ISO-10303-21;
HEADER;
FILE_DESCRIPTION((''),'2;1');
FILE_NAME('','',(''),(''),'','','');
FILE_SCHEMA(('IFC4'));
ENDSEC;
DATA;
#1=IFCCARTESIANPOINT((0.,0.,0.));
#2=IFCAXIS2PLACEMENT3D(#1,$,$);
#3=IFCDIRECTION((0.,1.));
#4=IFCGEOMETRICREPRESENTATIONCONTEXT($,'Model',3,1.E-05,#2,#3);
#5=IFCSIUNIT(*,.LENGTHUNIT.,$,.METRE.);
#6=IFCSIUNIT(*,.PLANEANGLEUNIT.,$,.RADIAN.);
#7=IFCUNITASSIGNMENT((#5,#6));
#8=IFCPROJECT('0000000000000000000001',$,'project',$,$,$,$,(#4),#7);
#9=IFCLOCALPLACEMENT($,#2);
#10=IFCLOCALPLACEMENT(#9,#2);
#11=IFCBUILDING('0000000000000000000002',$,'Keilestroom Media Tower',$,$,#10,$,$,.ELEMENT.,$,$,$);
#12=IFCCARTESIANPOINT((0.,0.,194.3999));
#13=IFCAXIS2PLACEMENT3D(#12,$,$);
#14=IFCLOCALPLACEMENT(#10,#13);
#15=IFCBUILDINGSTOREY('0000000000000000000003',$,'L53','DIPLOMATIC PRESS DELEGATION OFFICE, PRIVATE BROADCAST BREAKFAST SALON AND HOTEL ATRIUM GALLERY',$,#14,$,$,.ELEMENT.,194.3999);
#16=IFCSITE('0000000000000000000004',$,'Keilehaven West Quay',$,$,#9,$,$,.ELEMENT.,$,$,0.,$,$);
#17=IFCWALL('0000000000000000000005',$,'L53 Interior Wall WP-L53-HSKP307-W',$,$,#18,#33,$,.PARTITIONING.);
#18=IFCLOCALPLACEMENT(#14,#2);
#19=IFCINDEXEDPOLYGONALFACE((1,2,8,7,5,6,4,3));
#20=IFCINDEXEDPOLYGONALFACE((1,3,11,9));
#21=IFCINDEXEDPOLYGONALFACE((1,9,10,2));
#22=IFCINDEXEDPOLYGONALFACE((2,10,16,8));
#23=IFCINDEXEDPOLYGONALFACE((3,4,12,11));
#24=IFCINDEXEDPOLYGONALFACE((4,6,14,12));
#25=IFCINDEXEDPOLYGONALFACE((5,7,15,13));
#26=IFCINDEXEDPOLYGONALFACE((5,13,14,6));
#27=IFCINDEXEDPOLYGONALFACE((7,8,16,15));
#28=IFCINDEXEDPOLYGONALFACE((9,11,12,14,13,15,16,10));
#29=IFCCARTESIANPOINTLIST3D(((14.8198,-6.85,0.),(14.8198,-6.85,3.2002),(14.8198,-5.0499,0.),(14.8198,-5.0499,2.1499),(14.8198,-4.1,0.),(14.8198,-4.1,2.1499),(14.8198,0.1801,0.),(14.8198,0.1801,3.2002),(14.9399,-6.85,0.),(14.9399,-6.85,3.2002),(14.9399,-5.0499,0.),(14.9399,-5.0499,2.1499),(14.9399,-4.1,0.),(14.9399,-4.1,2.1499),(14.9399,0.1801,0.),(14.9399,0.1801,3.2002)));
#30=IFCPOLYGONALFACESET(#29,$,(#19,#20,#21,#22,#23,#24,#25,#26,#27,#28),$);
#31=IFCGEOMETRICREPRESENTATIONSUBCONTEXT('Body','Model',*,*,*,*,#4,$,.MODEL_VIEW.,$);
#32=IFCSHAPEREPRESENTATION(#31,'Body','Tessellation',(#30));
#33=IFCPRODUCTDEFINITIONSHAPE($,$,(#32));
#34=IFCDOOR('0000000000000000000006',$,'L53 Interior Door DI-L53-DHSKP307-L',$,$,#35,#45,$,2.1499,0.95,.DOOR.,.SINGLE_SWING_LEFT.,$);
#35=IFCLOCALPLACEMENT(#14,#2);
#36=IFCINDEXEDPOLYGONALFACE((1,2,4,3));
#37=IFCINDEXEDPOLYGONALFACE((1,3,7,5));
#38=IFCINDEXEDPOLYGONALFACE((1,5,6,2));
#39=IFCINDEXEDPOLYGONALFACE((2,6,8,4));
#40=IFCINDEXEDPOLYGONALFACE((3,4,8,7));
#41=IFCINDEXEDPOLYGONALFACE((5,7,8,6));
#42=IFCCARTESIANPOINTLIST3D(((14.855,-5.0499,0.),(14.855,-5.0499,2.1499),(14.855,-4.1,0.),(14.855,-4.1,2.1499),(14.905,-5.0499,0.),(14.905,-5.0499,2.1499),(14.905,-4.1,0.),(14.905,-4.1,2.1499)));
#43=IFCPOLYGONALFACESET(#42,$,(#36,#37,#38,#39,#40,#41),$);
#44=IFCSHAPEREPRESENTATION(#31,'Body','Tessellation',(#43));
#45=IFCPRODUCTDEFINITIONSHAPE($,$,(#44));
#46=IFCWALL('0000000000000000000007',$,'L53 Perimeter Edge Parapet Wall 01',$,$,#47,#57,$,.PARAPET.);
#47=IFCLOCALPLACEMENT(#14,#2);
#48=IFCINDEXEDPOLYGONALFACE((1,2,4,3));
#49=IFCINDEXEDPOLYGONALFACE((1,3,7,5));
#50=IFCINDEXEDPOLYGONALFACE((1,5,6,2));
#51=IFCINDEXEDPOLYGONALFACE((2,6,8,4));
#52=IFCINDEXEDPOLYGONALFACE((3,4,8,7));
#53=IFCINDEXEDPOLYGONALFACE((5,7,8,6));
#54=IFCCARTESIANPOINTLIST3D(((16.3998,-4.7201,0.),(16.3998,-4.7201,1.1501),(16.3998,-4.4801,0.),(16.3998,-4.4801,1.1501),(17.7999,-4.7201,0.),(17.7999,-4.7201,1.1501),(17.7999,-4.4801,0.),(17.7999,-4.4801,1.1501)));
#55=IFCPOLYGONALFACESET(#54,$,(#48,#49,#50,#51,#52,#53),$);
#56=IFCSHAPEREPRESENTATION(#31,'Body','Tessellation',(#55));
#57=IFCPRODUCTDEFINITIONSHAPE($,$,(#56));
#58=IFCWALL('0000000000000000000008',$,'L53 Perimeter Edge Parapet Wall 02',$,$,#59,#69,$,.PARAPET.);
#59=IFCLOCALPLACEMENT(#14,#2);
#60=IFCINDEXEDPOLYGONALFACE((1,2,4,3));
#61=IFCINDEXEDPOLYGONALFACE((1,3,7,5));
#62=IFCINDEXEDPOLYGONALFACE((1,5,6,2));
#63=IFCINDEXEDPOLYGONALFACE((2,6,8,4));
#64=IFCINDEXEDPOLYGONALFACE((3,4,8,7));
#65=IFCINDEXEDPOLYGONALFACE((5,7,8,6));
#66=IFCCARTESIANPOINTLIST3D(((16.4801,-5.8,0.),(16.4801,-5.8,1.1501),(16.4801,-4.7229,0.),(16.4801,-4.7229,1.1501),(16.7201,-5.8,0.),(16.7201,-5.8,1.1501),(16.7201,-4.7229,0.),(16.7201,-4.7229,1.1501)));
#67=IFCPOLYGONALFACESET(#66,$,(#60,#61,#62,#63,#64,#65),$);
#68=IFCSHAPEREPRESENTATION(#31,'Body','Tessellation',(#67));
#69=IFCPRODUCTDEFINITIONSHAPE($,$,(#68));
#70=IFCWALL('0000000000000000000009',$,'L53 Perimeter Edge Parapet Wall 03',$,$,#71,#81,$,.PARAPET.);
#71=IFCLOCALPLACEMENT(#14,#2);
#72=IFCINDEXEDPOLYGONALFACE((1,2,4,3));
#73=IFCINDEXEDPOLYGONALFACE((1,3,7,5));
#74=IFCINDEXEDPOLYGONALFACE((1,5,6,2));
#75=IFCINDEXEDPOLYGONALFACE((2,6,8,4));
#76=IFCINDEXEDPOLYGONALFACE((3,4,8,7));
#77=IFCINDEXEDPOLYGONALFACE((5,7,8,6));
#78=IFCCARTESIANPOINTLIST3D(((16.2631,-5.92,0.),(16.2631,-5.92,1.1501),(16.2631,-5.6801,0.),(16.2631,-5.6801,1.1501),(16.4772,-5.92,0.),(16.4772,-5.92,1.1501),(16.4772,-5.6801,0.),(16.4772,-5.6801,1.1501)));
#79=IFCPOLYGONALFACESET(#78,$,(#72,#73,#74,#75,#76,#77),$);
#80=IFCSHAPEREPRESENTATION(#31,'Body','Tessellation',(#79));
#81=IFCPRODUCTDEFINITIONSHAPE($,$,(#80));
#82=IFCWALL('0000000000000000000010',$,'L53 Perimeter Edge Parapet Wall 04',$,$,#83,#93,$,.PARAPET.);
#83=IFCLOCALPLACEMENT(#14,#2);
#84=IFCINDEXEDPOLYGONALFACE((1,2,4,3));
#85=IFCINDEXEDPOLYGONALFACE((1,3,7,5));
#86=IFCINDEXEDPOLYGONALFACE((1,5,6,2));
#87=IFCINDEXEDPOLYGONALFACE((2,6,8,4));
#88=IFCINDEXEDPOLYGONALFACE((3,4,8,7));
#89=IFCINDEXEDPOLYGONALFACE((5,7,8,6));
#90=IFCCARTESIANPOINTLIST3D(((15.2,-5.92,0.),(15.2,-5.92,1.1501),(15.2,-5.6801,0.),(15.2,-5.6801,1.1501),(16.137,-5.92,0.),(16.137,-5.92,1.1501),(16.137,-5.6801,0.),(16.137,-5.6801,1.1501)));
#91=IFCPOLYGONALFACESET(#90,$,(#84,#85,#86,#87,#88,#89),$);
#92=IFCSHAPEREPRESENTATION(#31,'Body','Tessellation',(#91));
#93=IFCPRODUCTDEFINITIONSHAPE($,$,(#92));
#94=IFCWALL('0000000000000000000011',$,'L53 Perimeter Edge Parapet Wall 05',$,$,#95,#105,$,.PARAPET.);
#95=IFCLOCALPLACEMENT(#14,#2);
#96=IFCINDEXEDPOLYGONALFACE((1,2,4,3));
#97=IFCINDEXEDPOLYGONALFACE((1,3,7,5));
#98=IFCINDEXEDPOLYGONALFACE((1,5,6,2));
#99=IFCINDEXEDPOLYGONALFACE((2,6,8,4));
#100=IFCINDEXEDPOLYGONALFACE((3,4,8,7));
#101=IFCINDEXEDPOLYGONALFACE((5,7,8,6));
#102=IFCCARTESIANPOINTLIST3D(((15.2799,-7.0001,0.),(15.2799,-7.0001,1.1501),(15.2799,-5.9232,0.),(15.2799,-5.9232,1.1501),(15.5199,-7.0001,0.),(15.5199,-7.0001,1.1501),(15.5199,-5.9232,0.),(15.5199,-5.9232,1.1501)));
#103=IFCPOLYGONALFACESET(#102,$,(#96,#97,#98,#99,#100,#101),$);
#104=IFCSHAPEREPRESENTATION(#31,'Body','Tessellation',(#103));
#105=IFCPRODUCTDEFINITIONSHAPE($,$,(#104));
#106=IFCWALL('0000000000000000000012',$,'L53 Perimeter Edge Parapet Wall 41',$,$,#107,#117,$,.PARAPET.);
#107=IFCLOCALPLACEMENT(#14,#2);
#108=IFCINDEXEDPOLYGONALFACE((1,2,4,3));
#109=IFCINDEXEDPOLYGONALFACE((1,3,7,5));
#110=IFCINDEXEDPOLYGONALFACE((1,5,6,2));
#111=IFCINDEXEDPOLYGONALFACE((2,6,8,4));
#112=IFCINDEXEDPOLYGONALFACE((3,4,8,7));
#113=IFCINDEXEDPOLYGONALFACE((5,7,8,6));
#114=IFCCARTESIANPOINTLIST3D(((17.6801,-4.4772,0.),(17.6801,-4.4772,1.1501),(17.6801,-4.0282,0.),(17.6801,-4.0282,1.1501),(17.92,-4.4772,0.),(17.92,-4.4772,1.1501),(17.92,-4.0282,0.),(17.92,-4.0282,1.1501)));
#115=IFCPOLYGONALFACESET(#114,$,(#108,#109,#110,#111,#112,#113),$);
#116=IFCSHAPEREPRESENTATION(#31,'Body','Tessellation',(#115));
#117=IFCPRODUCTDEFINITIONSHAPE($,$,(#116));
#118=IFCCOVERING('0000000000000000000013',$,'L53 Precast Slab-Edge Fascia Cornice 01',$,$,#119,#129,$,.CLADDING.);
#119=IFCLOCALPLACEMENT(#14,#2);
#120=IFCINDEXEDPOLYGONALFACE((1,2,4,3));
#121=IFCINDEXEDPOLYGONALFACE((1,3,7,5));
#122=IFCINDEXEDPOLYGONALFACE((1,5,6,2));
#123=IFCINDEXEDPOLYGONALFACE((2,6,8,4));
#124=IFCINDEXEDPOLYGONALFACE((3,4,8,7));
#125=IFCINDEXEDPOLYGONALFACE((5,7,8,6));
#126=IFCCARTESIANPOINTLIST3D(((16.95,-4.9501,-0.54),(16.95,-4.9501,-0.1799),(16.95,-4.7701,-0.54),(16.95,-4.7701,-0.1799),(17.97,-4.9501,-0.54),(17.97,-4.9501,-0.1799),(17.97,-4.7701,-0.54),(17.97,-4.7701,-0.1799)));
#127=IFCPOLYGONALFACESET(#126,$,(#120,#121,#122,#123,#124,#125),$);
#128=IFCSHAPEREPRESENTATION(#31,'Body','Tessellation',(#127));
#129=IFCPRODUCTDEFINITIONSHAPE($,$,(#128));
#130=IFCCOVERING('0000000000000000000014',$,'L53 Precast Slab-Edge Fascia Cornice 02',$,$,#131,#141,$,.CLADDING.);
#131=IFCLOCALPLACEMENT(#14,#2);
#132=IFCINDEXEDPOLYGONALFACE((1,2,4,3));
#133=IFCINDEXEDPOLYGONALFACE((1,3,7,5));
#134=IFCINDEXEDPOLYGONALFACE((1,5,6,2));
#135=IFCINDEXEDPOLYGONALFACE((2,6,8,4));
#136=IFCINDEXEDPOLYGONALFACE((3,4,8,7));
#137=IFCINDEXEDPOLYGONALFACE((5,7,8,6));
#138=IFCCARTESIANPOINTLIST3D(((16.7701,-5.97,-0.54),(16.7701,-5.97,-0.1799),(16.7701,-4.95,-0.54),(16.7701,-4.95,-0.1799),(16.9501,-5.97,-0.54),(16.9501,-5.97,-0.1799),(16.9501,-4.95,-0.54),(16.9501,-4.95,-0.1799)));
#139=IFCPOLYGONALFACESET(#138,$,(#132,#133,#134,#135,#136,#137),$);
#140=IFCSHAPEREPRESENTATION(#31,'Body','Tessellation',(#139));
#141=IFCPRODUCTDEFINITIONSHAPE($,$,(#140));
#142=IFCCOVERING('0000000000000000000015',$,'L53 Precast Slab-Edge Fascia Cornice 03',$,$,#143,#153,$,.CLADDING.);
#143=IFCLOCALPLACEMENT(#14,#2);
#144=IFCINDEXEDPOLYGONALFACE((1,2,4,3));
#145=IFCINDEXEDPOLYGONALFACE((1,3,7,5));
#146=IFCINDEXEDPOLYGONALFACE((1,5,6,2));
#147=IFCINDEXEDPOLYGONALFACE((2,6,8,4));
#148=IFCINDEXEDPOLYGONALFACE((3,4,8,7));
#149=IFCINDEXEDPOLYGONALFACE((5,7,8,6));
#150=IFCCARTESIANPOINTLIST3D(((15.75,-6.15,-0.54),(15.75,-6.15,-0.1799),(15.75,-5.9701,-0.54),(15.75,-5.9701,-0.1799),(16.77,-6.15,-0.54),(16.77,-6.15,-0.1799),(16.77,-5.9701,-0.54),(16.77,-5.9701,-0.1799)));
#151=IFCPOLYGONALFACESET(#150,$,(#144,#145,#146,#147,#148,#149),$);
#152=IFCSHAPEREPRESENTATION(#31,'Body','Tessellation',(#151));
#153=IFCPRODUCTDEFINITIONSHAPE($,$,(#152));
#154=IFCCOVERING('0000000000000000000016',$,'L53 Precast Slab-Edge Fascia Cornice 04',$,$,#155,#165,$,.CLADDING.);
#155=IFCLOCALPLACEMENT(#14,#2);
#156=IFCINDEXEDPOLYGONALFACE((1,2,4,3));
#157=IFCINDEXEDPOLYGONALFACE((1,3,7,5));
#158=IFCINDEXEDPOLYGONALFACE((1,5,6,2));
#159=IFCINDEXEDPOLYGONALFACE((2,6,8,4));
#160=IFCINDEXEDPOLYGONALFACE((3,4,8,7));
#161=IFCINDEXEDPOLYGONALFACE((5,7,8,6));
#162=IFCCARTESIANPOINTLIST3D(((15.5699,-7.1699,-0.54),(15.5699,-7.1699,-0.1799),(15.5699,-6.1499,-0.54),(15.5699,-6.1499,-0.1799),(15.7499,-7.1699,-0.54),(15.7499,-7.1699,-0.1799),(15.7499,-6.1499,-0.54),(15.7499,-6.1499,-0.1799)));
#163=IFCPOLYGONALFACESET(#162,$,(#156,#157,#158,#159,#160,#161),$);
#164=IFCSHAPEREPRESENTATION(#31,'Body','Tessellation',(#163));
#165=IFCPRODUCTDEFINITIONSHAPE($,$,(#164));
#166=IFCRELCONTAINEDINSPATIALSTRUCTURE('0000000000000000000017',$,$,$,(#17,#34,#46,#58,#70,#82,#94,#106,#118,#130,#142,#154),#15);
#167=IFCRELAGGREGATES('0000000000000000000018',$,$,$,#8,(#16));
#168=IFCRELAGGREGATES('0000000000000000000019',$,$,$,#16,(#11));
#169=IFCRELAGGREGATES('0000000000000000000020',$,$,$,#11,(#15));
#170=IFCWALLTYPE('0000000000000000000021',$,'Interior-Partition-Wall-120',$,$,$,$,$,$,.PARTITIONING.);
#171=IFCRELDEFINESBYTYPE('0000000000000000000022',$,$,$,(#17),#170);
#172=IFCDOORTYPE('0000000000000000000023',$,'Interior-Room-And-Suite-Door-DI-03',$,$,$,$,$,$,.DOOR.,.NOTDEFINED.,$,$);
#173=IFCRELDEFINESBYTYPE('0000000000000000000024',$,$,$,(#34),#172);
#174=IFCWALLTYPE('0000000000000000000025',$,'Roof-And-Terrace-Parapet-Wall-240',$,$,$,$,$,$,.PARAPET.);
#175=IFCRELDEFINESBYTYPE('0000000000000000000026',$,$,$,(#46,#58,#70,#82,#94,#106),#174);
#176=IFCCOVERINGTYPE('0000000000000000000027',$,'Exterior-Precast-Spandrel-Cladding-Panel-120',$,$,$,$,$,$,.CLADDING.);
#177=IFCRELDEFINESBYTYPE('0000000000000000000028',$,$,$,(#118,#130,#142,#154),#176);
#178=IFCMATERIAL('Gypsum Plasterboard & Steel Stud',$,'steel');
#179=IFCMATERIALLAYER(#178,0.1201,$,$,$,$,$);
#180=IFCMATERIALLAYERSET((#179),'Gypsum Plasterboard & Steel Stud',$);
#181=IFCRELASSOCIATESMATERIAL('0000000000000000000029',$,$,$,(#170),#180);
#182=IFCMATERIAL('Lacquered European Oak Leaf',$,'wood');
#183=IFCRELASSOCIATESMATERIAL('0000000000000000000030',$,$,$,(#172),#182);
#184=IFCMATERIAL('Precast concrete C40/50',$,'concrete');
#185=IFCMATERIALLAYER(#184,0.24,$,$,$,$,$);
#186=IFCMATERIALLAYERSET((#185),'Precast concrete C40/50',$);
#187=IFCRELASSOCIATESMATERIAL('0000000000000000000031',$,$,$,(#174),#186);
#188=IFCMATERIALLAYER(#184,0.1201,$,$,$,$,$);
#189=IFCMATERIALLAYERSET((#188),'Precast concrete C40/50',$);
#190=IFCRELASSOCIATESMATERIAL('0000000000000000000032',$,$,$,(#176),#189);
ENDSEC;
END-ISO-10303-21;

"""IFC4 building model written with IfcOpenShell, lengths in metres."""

from ifc_helpers import new_model, si_unit, direction, frame, frame_2d, origin, origin_2d, place, context, subcontext, project, spatial, rectangle, extrude, source, transform, mapped, material, layer, layer_set, type_object, element, fill, save


model = new_model("IFC4")

# Units and contexts
model_context = context("Model", 3, precision=1e-05, world=origin(), true_north=direction((0.0, 1.0)))
body_context = subcontext(model_context, "Body", "Model", "MODEL_VIEW")
ifc_project = project(units=[si_unit("LENGTHUNIT", "METRE"), si_unit("PLANEANGLEUNIT", "RADIAN")], contexts=[model_context])

# Site, building, storey
site_placement = place(None, origin())
site = spatial("IfcSite", under=ifc_project, at=site_placement, Name="Keilehaven West Quay", CompositionType="ELEMENT", RefElevation=0.0)
building_placement = place(site_placement, origin())
building = spatial("IfcBuilding", under=site, at=building_placement, Name="Keilestroom Media Tower", CompositionType="ELEMENT")
storey_placement = place(building_placement, frame((0.0, 0.0, 194.3999)))
storey = spatial("IfcBuildingStorey", under=building, at=storey_placement, Name="L53", Description="DIPLOMATIC PRESS DELEGATION OFFICE, PRIVATE BROADCAST BREAKFAST SALON AND HOTEL ATRIUM GALLERY", CompositionType="ELEMENT", Elevation=194.3999)

# Shared definitions
ifc_material_1 = material(Name="Precast concrete C40/50", Category="concrete")

# Shared definitions
ifc_material_2 = material(Name="Gypsum Plasterboard & Steel Stud", Category="steel")
ifc_layer_1 = layer(ifc_material_2, 0.1201)
ifc_layer_set_1 = layer_set([ifc_layer_1], Name="Gypsum Plasterboard & Steel Stud")
wall_type_1 = type_object("IfcWallType", Name="Interior-Partition-Wall-120", PredefinedType="PARTITIONING", material=ifc_layer_set_1)

# Wall, opening, door
wall_1_placement = place(storey_placement, frame((14.8799, -6.8501, 0.0), z_axis=(0.0, 0.0, 1.0), x_axis=(0.0, 1.0, 0.0)))
wall_1 = element("IfcWall", 1, at=wall_1_placement, inside=storey, type_object=wall_type_1, Name="L53 Interior Wall WP-L53-HSKP307-W", PredefinedType="PARTITIONING", context=body_context, shape_type="SweptSolid", body=[
    extrude(rectangle(XDim=7.03, YDim=0.1201, at=frame_2d((3.5151, 0.0))), origin(), (0.0, 0.0, 1.0), 3.2002),
])
opening_placement = place(wall_1_placement, frame((1.8, 0.0, 0.0)))
opening = element("IfcOpeningElement", 2, at=opening_placement, cuts=wall_1, PredefinedType="OPENING", context=body_context, shape_type="SweptSolid", body=[
    extrude(rectangle(XDim=0.95, YDim=2.1499, at=frame_2d((0.4751, 1.075))), frame((0.0, 0.0701, 0.0), z_axis=(0.0, -1.0, 0.0), x_axis=(1.0, 0.0, 0.0)), (0.0, 0.0, 1.0), 0.1401),
])
ifc_material_3 = material(Name="Lacquered European Oak Leaf", Category="wood")
door_type = type_object("IfcDoorType", Name="Interior-Room-And-Suite-Door-DI-03", OperationType="NOTDEFINED", PredefinedType="DOOR", material=ifc_material_3)
shared_shape_1 = source(origin(), body_context, "Body", "SweptSolid", [
    extrude(rectangle(XDim=0.95, YDim=2.1499, at=frame_2d((0.4751, 1.075))), frame((0.0, 0.0249, 0.0), z_axis=(0.0, -1.0, 0.0), x_axis=(1.0, 0.0, 0.0)), (0.0, 0.0, 1.0), 0.05),
])
door_placement = place(opening_placement, origin())
door = element("IfcDoor", 3, at=door_placement, inside=storey, type_object=door_type, Name="L53 Interior Door DI-L53-DHSKP307-L", OperationType="SINGLE_SWING_LEFT", OverallHeight=2.1499, OverallWidth=0.95, PredefinedType="DOOR", context=body_context, shape_type="MappedRepresentation", body=[
    mapped(shared_shape_1, transform((0.0, 0.0, 0.0), x_axis=(1.0, 0.0, 0.0), y_axis=(0.0, 1.0, 0.0), z_axis=(0.0, 0.0, 1.0), scale=1.0)),
])
fill(opening, door)

# Walls
ifc_layer_2 = layer(ifc_material_1, 0.24)
ifc_layer_set_2 = layer_set([ifc_layer_2], Name="Precast concrete C40/50")
wall_type_2 = type_object("IfcWallType", Name="Roof-And-Terrace-Parapet-Wall-240", PredefinedType="PARAPET", material=ifc_layer_set_2)
wall_2_placement = place(storey_placement, frame((17.8, -4.6001, 0.0), z_axis=(0.0, 0.0, 1.0), x_axis=(-1.0, 0.0, 0.0)))
element("IfcWall", 4, at=wall_2_placement, inside=storey, type_object=wall_type_2, Name="L53 Perimeter Edge Parapet Wall 01", PredefinedType="PARAPET", context=body_context, shape_type="SweptSolid", body=[
    extrude(rectangle(XDim=1.4001, YDim=0.24, at=frame_2d((0.7002, 0.0))), origin(), (0.0, 0.0, 1.0), 1.1501),
])
wall_3_placement = place(storey_placement, frame((16.6001, -4.7229, 0.0), z_axis=(0.0, 0.0, 1.0), x_axis=(0.0, -1.0, 0.0)))
element("IfcWall", 5, at=wall_3_placement, inside=storey, type_object=wall_type_2, Name="L53 Perimeter Edge Parapet Wall 02", PredefinedType="PARAPET", context=body_context, shape_type="SweptSolid", body=[
    extrude(rectangle(XDim=1.0771, YDim=0.24, at=frame_2d((0.5386, 0.0))), origin(), (0.0, 0.0, 1.0), 1.1501),
])
wall_4_placement = place(storey_placement, frame((16.4771, -5.8, 0.0), z_axis=(0.0, 0.0, 1.0), x_axis=(-1.0, 0.0, 0.0)))
element("IfcWall", 6, at=wall_4_placement, inside=storey, type_object=wall_type_2, Name="L53 Perimeter Edge Parapet Wall 03", PredefinedType="PARAPET", context=body_context, shape_type="SweptSolid", body=[
    extrude(rectangle(XDim=0.2141, YDim=0.24, at=frame_2d((0.1069, 0.0))), origin(), (0.0, 0.0, 1.0), 1.1501),
])
wall_5_placement = place(storey_placement, frame((16.137, -5.8, 0.0), z_axis=(0.0, 0.0, 1.0), x_axis=(-1.0, 0.0, 0.0)))
element("IfcWall", 7, at=wall_5_placement, inside=storey, type_object=wall_type_2, Name="L53 Perimeter Edge Parapet Wall 04", PredefinedType="PARAPET", context=body_context, shape_type="SweptSolid", body=[
    extrude(rectangle(XDim=0.937, YDim=0.24, at=frame_2d((0.4685, 0.0))), origin(), (0.0, 0.0, 1.0), 1.1501),
])
wall_6_placement = place(storey_placement, frame((15.3999, -5.9231, 0.0), z_axis=(0.0, 0.0, 1.0), x_axis=(0.0, -1.0, 0.0)))
element("IfcWall", 8, at=wall_6_placement, inside=storey, type_object=wall_type_2, Name="L53 Perimeter Edge Parapet Wall 05", PredefinedType="PARAPET", context=body_context, shape_type="SweptSolid", body=[
    extrude(rectangle(XDim=1.0769, YDim=0.24, at=frame_2d((0.5386, 0.0))), origin(), (0.0, 0.0, 1.0), 1.1501),
])
wall_7_placement = place(storey_placement, frame((17.8, -4.0281, 0.0), z_axis=(0.0, 0.0, 1.0), x_axis=(0.0, -1.0, 0.0)))
element("IfcWall", 9, at=wall_7_placement, inside=storey, type_object=wall_type_2, Name="L53 Perimeter Edge Parapet Wall 41", PredefinedType="PARAPET", context=body_context, shape_type="SweptSolid", body=[
    extrude(rectangle(XDim=0.449, YDim=0.24, at=frame_2d((0.2246, 0.0))), origin(), (0.0, 0.0, 1.0), 1.1501),
])

# Coverings
ifc_layer_3 = layer(ifc_material_1, 0.1201)
ifc_layer_set_3 = layer_set([ifc_layer_3], Name="Precast concrete C40/50")
covering_type = type_object("IfcCoveringType", Name="Exterior-Precast-Spandrel-Cladding-Panel-120", PredefinedType="CLADDING", material=ifc_layer_set_3)
shared_shape_2 = source(origin(), body_context, "Body", "SweptSolid", [
    extrude(rectangle(XDim=1.02, YDim=0.1799, at=origin_2d()), origin(), (0.0, 0.0, 1.0), 0.3601),
])
for number, where, z_axis, x_axis, name in (
    (10, (17.46, -4.8601, -0.54), (0.0, 0.0, 1.0), (-1.0, 0.0, 0.0), "L53 Precast Slab-Edge Fascia Cornice 01"),
    (11, (16.8601, -5.46, -0.54), (0.0, 0.0, 1.0), (0.0, -1.0, 0.0), "L53 Precast Slab-Edge Fascia Cornice 02"),
    (12, (16.26, -6.0601, -0.54), (0.0, 0.0, 1.0), (-1.0, 0.0, 0.0), "L53 Precast Slab-Edge Fascia Cornice 03"),
    (13, (15.6599, -6.6599, -0.54), (0.0, 0.0, 1.0), (0.0, -1.0, 0.0), "L53 Precast Slab-Edge Fascia Cornice 04"),
):
    element("IfcCovering", number, at=place(storey_placement, frame(where, z_axis=z_axis, x_axis=x_axis)), inside=storey, type_object=covering_type, Name=name, PredefinedType="CLADDING", context=body_context, shape_type="MappedRepresentation", body=[
        mapped(shared_shape_2, transform((0.0, 0.0, 0.0), x_axis=(1.0, 0.0, 0.0), y_axis=(0.0, 1.0, 0.0), z_axis=(0.0, 0.0, 1.0), scale=1.0)),
    ])

save(model, "model.ifc")
